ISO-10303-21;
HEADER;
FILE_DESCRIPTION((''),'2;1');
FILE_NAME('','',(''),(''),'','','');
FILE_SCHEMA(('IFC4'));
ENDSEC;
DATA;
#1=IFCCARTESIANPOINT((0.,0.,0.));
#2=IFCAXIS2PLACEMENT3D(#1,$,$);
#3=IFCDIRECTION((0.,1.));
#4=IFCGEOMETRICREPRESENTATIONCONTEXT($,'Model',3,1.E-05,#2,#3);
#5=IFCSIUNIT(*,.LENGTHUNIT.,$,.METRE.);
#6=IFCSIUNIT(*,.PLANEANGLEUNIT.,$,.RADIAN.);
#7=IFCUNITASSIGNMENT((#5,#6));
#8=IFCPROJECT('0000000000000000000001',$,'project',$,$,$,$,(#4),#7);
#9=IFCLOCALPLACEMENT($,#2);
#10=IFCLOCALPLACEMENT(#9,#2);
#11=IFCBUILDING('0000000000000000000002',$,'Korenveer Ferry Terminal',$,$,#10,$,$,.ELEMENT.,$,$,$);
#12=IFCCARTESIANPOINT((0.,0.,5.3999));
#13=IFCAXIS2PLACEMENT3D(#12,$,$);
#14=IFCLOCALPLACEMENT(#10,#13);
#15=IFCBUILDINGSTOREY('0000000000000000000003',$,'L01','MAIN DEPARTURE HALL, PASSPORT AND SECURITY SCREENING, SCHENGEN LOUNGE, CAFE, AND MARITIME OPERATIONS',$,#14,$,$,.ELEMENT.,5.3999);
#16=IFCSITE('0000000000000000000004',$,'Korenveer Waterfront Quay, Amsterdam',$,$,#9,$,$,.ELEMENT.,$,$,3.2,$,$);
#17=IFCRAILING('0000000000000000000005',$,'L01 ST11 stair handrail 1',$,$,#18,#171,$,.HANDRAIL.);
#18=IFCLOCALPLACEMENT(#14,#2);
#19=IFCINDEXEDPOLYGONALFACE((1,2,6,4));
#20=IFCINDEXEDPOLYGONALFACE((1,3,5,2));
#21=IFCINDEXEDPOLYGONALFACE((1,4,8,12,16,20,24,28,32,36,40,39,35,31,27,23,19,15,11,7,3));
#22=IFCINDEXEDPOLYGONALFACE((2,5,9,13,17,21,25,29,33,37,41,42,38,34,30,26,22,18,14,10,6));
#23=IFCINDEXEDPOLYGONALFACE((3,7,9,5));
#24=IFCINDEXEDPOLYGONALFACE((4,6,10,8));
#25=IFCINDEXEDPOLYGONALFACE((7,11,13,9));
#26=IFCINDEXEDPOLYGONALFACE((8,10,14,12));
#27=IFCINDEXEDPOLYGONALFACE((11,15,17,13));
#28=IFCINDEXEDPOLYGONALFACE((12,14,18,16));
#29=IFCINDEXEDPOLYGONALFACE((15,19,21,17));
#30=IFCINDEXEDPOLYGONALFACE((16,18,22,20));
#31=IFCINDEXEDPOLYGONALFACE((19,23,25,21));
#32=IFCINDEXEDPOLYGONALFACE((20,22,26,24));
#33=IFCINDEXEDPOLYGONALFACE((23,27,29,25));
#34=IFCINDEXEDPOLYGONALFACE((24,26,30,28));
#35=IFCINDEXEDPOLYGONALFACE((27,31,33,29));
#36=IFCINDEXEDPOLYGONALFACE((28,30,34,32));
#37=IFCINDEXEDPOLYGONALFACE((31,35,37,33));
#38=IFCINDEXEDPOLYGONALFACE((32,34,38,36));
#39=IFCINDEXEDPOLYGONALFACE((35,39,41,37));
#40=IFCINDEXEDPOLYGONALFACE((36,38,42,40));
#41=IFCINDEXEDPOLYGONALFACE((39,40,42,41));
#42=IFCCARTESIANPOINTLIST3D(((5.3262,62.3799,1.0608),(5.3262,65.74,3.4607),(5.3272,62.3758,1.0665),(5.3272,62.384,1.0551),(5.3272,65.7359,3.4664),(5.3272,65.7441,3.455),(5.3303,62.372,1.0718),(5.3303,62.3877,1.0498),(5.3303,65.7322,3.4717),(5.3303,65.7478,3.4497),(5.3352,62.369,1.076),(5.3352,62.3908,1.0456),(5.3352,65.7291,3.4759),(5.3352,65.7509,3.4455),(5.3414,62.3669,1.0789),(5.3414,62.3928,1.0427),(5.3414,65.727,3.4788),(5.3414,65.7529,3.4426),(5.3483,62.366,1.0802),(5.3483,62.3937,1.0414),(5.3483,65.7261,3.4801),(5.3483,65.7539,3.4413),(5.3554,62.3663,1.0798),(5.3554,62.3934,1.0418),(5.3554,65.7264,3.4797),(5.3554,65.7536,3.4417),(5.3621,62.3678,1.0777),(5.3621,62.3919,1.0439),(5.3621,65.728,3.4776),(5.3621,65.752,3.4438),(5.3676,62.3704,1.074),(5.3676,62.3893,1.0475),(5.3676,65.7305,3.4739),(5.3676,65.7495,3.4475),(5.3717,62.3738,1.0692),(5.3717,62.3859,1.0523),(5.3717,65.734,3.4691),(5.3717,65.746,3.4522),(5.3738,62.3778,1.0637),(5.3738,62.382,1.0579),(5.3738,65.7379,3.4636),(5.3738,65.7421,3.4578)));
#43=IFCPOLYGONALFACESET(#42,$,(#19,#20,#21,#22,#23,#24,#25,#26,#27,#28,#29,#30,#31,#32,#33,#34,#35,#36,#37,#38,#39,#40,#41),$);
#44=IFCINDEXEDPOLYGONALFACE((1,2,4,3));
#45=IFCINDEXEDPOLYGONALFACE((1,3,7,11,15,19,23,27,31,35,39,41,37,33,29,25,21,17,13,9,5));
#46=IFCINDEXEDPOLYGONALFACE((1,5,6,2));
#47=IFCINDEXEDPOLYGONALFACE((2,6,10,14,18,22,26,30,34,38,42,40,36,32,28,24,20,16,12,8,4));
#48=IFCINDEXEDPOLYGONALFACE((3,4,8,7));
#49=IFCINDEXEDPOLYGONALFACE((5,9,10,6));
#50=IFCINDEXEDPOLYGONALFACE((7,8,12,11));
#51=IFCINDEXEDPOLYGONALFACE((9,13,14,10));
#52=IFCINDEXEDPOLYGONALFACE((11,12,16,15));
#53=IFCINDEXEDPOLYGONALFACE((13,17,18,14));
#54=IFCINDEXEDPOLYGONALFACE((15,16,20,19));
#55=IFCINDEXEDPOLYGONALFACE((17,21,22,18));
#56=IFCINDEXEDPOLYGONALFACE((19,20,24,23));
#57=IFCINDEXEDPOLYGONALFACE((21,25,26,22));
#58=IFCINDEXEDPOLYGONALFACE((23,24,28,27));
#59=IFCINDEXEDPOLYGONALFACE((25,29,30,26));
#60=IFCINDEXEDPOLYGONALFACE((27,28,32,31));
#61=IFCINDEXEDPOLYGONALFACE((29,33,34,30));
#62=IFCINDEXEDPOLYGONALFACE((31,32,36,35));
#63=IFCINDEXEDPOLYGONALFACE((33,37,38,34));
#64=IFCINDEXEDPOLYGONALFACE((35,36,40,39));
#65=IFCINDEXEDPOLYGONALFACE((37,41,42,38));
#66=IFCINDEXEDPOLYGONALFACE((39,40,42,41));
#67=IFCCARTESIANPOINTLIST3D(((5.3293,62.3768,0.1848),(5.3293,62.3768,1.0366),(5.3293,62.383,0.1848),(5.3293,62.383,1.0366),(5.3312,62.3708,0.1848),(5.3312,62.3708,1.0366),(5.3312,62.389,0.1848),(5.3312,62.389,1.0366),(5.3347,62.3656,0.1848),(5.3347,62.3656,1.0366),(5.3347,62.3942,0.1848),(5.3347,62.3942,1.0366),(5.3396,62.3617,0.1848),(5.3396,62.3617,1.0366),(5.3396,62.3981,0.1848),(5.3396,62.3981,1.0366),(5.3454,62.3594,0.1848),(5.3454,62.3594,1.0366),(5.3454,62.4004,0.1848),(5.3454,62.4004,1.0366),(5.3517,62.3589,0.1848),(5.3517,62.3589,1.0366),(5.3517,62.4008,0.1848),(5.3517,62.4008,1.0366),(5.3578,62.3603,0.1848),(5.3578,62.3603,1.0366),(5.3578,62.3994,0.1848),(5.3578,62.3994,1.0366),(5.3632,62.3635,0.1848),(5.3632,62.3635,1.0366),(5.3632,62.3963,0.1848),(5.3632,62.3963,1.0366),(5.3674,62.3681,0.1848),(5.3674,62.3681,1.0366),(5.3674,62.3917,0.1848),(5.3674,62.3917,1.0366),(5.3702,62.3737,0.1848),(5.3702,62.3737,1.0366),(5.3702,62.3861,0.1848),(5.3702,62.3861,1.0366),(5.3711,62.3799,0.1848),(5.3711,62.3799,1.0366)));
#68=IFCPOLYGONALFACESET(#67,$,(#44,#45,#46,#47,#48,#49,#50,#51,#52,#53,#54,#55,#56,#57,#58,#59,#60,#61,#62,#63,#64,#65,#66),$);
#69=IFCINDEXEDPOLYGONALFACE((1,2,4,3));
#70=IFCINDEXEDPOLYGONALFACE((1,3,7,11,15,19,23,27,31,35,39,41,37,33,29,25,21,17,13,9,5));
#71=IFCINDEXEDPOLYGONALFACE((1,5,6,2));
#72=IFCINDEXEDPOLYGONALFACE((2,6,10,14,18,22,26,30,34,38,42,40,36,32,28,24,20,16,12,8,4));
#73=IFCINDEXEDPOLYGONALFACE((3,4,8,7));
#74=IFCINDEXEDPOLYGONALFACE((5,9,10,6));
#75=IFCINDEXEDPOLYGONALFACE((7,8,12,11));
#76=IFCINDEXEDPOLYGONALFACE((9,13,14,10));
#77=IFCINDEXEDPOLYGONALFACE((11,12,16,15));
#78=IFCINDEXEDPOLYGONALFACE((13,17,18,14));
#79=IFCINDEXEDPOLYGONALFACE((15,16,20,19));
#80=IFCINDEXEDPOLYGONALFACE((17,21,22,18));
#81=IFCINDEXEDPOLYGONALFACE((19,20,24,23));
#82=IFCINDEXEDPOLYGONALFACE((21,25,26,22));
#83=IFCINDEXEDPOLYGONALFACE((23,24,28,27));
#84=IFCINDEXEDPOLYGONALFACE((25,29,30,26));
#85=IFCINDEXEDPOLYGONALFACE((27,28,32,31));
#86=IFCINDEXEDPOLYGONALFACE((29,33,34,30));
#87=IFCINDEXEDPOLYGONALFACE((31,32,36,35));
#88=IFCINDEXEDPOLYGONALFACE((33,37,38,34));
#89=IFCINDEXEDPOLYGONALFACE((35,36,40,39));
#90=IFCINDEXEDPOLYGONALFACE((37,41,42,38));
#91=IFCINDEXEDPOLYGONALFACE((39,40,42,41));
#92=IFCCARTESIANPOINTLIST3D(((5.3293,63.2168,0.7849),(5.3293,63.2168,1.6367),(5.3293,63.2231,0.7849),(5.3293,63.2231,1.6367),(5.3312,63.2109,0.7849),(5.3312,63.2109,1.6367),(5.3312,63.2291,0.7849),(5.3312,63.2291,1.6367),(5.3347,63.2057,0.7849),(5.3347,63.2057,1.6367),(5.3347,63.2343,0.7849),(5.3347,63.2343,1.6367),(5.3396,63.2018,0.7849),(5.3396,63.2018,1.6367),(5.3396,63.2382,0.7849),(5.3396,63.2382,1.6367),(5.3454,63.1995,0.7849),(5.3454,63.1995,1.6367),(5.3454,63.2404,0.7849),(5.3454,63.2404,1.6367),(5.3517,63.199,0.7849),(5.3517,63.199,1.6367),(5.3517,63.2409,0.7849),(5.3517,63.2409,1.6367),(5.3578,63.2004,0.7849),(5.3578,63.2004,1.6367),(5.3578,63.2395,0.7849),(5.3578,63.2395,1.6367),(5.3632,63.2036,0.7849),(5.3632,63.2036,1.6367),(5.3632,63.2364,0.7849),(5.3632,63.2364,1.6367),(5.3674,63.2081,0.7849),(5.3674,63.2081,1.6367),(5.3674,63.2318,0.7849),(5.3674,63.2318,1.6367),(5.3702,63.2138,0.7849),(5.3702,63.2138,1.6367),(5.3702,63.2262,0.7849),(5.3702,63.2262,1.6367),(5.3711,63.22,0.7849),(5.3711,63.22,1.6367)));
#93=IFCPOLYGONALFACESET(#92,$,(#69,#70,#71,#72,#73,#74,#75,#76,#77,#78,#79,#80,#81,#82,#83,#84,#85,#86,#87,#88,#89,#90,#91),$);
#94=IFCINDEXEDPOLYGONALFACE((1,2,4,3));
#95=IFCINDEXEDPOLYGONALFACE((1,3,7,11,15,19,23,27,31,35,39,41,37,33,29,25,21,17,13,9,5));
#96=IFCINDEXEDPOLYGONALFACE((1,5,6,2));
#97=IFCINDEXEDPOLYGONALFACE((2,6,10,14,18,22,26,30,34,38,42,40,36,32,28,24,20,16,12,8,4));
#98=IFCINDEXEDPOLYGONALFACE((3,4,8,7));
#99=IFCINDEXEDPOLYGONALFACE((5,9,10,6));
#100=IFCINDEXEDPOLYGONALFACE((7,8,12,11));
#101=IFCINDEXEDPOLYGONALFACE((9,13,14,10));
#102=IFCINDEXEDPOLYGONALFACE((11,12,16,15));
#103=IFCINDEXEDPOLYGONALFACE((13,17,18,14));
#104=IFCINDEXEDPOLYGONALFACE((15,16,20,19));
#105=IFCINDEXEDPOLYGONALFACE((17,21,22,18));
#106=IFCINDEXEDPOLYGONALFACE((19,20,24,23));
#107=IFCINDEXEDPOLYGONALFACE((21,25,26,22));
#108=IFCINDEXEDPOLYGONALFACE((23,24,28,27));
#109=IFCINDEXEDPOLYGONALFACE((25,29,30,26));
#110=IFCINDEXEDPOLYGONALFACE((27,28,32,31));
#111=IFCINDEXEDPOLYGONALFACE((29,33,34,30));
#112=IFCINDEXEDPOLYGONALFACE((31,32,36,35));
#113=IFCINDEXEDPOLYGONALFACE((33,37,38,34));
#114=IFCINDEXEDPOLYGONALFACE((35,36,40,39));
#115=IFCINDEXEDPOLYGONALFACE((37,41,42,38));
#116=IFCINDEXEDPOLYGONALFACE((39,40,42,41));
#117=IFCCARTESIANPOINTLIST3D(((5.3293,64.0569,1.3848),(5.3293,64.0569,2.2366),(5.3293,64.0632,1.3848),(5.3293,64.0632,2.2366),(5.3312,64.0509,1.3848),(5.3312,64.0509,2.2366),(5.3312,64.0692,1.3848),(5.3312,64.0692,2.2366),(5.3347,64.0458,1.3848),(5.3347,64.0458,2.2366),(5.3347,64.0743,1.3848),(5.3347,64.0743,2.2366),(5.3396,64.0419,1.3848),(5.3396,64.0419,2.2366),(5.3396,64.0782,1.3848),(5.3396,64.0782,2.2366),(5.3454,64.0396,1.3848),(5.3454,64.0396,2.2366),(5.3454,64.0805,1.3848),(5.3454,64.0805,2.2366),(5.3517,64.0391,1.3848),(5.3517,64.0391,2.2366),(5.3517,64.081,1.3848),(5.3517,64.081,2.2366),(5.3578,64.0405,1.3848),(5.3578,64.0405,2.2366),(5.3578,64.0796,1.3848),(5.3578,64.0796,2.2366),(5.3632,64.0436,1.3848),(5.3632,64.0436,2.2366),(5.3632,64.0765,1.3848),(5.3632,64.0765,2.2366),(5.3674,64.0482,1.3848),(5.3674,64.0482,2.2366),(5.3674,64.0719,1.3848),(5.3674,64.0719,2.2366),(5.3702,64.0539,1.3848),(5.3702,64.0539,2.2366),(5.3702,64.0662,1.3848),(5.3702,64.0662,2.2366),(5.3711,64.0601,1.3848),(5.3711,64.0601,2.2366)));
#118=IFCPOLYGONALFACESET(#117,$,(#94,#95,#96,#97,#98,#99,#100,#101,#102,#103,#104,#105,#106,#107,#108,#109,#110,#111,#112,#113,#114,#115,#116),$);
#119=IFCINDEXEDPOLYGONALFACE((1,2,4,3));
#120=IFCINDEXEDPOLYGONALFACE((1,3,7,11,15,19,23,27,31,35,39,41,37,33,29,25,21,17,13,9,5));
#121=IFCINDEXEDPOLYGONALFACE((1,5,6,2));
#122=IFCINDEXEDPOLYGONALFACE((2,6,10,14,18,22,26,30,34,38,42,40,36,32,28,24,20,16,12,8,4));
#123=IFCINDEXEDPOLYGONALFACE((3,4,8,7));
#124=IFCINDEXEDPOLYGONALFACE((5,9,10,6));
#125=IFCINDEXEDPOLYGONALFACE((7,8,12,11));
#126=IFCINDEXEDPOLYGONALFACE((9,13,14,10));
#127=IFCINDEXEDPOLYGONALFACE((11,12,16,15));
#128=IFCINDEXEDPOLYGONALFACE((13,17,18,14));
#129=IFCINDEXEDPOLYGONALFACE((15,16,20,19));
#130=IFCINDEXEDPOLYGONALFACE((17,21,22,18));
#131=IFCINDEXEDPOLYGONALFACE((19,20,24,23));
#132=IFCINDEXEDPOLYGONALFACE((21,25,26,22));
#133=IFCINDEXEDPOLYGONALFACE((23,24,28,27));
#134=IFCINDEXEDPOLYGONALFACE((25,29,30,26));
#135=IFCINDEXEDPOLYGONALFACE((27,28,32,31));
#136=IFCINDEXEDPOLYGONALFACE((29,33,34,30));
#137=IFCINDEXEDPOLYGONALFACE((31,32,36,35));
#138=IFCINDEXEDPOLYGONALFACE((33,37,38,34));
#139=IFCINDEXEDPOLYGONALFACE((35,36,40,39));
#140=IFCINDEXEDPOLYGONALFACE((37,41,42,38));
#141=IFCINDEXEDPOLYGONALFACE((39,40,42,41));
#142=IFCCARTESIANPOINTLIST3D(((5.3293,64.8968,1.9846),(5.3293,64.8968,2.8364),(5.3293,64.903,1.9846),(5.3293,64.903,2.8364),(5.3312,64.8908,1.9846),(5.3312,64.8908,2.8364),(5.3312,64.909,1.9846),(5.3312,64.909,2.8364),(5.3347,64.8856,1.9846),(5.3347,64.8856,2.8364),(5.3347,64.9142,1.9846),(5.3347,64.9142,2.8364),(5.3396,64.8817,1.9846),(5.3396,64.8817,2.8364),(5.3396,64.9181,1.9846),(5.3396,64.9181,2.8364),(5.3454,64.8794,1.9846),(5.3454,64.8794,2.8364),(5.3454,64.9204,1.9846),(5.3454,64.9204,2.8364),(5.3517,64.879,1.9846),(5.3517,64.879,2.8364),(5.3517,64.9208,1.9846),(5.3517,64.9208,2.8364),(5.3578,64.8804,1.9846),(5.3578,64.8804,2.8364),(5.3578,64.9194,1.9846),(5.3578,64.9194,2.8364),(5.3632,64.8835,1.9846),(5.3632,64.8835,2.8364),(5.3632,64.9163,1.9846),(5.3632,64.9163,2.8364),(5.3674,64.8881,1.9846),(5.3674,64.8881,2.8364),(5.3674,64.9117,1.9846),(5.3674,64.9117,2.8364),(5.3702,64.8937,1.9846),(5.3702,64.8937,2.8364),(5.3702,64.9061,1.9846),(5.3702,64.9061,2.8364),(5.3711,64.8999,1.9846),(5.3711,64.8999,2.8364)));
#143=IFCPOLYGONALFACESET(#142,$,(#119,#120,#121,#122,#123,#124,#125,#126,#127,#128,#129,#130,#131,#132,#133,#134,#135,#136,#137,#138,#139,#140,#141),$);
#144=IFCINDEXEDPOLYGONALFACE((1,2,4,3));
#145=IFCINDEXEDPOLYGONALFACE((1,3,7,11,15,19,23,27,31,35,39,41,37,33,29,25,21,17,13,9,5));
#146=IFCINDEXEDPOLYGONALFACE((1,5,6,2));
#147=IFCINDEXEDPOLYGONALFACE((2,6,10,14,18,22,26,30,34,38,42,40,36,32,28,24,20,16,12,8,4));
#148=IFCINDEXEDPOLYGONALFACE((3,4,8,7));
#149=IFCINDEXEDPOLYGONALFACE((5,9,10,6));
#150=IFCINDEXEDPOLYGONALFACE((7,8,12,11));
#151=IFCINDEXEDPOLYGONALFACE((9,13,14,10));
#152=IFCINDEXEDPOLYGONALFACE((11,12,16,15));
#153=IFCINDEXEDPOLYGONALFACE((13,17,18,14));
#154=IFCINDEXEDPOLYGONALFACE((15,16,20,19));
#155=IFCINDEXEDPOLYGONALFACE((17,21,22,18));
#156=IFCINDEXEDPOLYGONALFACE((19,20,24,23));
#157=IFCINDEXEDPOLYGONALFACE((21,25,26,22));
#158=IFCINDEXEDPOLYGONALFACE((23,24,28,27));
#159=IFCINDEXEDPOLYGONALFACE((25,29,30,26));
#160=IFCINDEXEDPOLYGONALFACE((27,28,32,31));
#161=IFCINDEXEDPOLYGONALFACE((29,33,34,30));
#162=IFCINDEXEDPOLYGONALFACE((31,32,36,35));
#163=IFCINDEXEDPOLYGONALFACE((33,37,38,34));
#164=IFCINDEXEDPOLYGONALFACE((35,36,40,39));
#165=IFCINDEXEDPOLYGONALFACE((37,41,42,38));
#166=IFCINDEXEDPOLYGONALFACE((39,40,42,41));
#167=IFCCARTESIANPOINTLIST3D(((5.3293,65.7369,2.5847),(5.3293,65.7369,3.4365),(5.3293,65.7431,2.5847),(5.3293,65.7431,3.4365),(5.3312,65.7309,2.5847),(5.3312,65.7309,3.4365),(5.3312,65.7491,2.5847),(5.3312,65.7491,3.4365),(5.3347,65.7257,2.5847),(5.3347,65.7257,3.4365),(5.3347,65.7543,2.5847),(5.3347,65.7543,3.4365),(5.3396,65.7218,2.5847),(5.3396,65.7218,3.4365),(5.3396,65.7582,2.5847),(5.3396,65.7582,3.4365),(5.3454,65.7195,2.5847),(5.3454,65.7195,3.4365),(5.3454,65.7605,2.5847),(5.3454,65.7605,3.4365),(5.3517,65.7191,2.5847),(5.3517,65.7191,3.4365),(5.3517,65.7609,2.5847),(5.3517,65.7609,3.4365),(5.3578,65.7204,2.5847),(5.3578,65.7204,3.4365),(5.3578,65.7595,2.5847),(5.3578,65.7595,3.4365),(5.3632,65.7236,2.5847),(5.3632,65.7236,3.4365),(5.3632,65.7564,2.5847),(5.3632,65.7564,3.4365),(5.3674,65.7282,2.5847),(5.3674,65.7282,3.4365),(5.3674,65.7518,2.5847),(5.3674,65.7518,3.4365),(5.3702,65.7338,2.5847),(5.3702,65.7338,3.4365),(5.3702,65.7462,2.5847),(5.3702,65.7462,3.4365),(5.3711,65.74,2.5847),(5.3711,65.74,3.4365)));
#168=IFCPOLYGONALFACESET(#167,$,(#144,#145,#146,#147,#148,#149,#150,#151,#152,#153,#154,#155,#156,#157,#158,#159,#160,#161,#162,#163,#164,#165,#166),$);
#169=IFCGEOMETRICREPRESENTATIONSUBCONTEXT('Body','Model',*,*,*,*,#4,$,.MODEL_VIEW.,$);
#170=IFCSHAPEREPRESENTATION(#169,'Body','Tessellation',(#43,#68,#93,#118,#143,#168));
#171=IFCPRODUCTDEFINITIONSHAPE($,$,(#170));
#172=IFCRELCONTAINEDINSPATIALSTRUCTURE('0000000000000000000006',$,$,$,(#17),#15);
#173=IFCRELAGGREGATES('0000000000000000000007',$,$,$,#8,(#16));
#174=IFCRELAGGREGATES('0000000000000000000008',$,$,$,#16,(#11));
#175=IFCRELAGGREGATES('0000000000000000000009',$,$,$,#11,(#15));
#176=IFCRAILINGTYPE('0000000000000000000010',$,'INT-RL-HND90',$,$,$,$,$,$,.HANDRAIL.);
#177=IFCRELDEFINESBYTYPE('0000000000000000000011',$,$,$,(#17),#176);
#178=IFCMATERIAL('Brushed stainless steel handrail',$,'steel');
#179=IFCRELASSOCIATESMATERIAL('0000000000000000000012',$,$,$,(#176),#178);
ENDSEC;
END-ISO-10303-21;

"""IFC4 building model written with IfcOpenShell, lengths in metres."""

from ifc_helpers import new_model, si_unit, direction, frame, origin, origin_2d, place, context, subcontext, project, spatial, circle, extrude, material, type_object, element, save


model = new_model("IFC4")

# Units and contexts
model_context = context("Model", 3, precision=1e-05, world=origin(), true_north=direction((0.0, 1.0)))
body_context = subcontext(model_context, "Body", "Model", "MODEL_VIEW")
ifc_project = project(units=[si_unit("LENGTHUNIT", "METRE"), si_unit("PLANEANGLEUNIT", "RADIAN")], contexts=[model_context])

# Site, building, storey
site_placement = place(None, origin())
site = spatial("IfcSite", under=ifc_project, at=site_placement, Name="Korenveer Waterfront Quay, Amsterdam", CompositionType="ELEMENT", RefElevation=3.2)
building_placement = place(site_placement, origin())
building = spatial("IfcBuilding", under=site, at=building_placement, Name="Korenveer Ferry Terminal", CompositionType="ELEMENT")
storey_placement = place(building_placement, frame((0.0, 0.0, 5.3999)))
storey = spatial("IfcBuildingStorey", under=building, at=storey_placement, Name="L01", Description="MAIN DEPARTURE HALL, PASSPORT AND SECURITY SCREENING, SCHENGEN LOUNGE, CAFE, AND MARITIME OPERATIONS", CompositionType="ELEMENT", Elevation=5.3999)

# Railing
ifc_material_1 = material(Name="Brushed stainless steel handrail", Category="steel")
railing_type_1 = type_object("IfcRailingType", Name="INT-RL-HND90", PredefinedType="HANDRAIL", material=ifc_material_1)
railing_1_placement = place(storey_placement, frame((5.3501, 62.3799, 0.1848)))
element("IfcRailing", 1, at=railing_1_placement, inside=storey, type_object=railing_type_1, Name="L01 ST11 stair handrail 1", PredefinedType="HANDRAIL", context=body_context, shape_type="SweptSolid", body=[
    extrude(circle(Radius=0.0239, at=origin_2d()), frame((0.0, 0.0, 0.876), z_axis=(0.0, 0.813753, 0.58121), x_axis=(-1.0, 0.0, 0.0)), (0.0, 0.0, 1.0), 4.1292),
    extrude(circle(Radius=0.021, at=origin_2d()), origin(), (0.0, 0.0, 1.0), 0.8518),
    extrude(circle(Radius=0.021, at=origin_2d()), frame((0.0, 0.8401, 0.6001)), (0.0, 0.0, 1.0), 0.8518),
    extrude(circle(Radius=0.021, at=origin_2d()), frame((0.0, 1.6802, 1.2)), (0.0, 0.0, 1.0), 0.8518),
    extrude(circle(Radius=0.021, at=origin_2d()), frame((0.0, 2.52, 1.7998)), (0.0, 0.0, 1.0), 0.8518),
    extrude(circle(Radius=0.021, at=origin_2d()), frame((0.0, 3.3601, 2.3999)), (0.0, 0.0, 1.0), 0.8518),
])

save(model, "model.ifc")
